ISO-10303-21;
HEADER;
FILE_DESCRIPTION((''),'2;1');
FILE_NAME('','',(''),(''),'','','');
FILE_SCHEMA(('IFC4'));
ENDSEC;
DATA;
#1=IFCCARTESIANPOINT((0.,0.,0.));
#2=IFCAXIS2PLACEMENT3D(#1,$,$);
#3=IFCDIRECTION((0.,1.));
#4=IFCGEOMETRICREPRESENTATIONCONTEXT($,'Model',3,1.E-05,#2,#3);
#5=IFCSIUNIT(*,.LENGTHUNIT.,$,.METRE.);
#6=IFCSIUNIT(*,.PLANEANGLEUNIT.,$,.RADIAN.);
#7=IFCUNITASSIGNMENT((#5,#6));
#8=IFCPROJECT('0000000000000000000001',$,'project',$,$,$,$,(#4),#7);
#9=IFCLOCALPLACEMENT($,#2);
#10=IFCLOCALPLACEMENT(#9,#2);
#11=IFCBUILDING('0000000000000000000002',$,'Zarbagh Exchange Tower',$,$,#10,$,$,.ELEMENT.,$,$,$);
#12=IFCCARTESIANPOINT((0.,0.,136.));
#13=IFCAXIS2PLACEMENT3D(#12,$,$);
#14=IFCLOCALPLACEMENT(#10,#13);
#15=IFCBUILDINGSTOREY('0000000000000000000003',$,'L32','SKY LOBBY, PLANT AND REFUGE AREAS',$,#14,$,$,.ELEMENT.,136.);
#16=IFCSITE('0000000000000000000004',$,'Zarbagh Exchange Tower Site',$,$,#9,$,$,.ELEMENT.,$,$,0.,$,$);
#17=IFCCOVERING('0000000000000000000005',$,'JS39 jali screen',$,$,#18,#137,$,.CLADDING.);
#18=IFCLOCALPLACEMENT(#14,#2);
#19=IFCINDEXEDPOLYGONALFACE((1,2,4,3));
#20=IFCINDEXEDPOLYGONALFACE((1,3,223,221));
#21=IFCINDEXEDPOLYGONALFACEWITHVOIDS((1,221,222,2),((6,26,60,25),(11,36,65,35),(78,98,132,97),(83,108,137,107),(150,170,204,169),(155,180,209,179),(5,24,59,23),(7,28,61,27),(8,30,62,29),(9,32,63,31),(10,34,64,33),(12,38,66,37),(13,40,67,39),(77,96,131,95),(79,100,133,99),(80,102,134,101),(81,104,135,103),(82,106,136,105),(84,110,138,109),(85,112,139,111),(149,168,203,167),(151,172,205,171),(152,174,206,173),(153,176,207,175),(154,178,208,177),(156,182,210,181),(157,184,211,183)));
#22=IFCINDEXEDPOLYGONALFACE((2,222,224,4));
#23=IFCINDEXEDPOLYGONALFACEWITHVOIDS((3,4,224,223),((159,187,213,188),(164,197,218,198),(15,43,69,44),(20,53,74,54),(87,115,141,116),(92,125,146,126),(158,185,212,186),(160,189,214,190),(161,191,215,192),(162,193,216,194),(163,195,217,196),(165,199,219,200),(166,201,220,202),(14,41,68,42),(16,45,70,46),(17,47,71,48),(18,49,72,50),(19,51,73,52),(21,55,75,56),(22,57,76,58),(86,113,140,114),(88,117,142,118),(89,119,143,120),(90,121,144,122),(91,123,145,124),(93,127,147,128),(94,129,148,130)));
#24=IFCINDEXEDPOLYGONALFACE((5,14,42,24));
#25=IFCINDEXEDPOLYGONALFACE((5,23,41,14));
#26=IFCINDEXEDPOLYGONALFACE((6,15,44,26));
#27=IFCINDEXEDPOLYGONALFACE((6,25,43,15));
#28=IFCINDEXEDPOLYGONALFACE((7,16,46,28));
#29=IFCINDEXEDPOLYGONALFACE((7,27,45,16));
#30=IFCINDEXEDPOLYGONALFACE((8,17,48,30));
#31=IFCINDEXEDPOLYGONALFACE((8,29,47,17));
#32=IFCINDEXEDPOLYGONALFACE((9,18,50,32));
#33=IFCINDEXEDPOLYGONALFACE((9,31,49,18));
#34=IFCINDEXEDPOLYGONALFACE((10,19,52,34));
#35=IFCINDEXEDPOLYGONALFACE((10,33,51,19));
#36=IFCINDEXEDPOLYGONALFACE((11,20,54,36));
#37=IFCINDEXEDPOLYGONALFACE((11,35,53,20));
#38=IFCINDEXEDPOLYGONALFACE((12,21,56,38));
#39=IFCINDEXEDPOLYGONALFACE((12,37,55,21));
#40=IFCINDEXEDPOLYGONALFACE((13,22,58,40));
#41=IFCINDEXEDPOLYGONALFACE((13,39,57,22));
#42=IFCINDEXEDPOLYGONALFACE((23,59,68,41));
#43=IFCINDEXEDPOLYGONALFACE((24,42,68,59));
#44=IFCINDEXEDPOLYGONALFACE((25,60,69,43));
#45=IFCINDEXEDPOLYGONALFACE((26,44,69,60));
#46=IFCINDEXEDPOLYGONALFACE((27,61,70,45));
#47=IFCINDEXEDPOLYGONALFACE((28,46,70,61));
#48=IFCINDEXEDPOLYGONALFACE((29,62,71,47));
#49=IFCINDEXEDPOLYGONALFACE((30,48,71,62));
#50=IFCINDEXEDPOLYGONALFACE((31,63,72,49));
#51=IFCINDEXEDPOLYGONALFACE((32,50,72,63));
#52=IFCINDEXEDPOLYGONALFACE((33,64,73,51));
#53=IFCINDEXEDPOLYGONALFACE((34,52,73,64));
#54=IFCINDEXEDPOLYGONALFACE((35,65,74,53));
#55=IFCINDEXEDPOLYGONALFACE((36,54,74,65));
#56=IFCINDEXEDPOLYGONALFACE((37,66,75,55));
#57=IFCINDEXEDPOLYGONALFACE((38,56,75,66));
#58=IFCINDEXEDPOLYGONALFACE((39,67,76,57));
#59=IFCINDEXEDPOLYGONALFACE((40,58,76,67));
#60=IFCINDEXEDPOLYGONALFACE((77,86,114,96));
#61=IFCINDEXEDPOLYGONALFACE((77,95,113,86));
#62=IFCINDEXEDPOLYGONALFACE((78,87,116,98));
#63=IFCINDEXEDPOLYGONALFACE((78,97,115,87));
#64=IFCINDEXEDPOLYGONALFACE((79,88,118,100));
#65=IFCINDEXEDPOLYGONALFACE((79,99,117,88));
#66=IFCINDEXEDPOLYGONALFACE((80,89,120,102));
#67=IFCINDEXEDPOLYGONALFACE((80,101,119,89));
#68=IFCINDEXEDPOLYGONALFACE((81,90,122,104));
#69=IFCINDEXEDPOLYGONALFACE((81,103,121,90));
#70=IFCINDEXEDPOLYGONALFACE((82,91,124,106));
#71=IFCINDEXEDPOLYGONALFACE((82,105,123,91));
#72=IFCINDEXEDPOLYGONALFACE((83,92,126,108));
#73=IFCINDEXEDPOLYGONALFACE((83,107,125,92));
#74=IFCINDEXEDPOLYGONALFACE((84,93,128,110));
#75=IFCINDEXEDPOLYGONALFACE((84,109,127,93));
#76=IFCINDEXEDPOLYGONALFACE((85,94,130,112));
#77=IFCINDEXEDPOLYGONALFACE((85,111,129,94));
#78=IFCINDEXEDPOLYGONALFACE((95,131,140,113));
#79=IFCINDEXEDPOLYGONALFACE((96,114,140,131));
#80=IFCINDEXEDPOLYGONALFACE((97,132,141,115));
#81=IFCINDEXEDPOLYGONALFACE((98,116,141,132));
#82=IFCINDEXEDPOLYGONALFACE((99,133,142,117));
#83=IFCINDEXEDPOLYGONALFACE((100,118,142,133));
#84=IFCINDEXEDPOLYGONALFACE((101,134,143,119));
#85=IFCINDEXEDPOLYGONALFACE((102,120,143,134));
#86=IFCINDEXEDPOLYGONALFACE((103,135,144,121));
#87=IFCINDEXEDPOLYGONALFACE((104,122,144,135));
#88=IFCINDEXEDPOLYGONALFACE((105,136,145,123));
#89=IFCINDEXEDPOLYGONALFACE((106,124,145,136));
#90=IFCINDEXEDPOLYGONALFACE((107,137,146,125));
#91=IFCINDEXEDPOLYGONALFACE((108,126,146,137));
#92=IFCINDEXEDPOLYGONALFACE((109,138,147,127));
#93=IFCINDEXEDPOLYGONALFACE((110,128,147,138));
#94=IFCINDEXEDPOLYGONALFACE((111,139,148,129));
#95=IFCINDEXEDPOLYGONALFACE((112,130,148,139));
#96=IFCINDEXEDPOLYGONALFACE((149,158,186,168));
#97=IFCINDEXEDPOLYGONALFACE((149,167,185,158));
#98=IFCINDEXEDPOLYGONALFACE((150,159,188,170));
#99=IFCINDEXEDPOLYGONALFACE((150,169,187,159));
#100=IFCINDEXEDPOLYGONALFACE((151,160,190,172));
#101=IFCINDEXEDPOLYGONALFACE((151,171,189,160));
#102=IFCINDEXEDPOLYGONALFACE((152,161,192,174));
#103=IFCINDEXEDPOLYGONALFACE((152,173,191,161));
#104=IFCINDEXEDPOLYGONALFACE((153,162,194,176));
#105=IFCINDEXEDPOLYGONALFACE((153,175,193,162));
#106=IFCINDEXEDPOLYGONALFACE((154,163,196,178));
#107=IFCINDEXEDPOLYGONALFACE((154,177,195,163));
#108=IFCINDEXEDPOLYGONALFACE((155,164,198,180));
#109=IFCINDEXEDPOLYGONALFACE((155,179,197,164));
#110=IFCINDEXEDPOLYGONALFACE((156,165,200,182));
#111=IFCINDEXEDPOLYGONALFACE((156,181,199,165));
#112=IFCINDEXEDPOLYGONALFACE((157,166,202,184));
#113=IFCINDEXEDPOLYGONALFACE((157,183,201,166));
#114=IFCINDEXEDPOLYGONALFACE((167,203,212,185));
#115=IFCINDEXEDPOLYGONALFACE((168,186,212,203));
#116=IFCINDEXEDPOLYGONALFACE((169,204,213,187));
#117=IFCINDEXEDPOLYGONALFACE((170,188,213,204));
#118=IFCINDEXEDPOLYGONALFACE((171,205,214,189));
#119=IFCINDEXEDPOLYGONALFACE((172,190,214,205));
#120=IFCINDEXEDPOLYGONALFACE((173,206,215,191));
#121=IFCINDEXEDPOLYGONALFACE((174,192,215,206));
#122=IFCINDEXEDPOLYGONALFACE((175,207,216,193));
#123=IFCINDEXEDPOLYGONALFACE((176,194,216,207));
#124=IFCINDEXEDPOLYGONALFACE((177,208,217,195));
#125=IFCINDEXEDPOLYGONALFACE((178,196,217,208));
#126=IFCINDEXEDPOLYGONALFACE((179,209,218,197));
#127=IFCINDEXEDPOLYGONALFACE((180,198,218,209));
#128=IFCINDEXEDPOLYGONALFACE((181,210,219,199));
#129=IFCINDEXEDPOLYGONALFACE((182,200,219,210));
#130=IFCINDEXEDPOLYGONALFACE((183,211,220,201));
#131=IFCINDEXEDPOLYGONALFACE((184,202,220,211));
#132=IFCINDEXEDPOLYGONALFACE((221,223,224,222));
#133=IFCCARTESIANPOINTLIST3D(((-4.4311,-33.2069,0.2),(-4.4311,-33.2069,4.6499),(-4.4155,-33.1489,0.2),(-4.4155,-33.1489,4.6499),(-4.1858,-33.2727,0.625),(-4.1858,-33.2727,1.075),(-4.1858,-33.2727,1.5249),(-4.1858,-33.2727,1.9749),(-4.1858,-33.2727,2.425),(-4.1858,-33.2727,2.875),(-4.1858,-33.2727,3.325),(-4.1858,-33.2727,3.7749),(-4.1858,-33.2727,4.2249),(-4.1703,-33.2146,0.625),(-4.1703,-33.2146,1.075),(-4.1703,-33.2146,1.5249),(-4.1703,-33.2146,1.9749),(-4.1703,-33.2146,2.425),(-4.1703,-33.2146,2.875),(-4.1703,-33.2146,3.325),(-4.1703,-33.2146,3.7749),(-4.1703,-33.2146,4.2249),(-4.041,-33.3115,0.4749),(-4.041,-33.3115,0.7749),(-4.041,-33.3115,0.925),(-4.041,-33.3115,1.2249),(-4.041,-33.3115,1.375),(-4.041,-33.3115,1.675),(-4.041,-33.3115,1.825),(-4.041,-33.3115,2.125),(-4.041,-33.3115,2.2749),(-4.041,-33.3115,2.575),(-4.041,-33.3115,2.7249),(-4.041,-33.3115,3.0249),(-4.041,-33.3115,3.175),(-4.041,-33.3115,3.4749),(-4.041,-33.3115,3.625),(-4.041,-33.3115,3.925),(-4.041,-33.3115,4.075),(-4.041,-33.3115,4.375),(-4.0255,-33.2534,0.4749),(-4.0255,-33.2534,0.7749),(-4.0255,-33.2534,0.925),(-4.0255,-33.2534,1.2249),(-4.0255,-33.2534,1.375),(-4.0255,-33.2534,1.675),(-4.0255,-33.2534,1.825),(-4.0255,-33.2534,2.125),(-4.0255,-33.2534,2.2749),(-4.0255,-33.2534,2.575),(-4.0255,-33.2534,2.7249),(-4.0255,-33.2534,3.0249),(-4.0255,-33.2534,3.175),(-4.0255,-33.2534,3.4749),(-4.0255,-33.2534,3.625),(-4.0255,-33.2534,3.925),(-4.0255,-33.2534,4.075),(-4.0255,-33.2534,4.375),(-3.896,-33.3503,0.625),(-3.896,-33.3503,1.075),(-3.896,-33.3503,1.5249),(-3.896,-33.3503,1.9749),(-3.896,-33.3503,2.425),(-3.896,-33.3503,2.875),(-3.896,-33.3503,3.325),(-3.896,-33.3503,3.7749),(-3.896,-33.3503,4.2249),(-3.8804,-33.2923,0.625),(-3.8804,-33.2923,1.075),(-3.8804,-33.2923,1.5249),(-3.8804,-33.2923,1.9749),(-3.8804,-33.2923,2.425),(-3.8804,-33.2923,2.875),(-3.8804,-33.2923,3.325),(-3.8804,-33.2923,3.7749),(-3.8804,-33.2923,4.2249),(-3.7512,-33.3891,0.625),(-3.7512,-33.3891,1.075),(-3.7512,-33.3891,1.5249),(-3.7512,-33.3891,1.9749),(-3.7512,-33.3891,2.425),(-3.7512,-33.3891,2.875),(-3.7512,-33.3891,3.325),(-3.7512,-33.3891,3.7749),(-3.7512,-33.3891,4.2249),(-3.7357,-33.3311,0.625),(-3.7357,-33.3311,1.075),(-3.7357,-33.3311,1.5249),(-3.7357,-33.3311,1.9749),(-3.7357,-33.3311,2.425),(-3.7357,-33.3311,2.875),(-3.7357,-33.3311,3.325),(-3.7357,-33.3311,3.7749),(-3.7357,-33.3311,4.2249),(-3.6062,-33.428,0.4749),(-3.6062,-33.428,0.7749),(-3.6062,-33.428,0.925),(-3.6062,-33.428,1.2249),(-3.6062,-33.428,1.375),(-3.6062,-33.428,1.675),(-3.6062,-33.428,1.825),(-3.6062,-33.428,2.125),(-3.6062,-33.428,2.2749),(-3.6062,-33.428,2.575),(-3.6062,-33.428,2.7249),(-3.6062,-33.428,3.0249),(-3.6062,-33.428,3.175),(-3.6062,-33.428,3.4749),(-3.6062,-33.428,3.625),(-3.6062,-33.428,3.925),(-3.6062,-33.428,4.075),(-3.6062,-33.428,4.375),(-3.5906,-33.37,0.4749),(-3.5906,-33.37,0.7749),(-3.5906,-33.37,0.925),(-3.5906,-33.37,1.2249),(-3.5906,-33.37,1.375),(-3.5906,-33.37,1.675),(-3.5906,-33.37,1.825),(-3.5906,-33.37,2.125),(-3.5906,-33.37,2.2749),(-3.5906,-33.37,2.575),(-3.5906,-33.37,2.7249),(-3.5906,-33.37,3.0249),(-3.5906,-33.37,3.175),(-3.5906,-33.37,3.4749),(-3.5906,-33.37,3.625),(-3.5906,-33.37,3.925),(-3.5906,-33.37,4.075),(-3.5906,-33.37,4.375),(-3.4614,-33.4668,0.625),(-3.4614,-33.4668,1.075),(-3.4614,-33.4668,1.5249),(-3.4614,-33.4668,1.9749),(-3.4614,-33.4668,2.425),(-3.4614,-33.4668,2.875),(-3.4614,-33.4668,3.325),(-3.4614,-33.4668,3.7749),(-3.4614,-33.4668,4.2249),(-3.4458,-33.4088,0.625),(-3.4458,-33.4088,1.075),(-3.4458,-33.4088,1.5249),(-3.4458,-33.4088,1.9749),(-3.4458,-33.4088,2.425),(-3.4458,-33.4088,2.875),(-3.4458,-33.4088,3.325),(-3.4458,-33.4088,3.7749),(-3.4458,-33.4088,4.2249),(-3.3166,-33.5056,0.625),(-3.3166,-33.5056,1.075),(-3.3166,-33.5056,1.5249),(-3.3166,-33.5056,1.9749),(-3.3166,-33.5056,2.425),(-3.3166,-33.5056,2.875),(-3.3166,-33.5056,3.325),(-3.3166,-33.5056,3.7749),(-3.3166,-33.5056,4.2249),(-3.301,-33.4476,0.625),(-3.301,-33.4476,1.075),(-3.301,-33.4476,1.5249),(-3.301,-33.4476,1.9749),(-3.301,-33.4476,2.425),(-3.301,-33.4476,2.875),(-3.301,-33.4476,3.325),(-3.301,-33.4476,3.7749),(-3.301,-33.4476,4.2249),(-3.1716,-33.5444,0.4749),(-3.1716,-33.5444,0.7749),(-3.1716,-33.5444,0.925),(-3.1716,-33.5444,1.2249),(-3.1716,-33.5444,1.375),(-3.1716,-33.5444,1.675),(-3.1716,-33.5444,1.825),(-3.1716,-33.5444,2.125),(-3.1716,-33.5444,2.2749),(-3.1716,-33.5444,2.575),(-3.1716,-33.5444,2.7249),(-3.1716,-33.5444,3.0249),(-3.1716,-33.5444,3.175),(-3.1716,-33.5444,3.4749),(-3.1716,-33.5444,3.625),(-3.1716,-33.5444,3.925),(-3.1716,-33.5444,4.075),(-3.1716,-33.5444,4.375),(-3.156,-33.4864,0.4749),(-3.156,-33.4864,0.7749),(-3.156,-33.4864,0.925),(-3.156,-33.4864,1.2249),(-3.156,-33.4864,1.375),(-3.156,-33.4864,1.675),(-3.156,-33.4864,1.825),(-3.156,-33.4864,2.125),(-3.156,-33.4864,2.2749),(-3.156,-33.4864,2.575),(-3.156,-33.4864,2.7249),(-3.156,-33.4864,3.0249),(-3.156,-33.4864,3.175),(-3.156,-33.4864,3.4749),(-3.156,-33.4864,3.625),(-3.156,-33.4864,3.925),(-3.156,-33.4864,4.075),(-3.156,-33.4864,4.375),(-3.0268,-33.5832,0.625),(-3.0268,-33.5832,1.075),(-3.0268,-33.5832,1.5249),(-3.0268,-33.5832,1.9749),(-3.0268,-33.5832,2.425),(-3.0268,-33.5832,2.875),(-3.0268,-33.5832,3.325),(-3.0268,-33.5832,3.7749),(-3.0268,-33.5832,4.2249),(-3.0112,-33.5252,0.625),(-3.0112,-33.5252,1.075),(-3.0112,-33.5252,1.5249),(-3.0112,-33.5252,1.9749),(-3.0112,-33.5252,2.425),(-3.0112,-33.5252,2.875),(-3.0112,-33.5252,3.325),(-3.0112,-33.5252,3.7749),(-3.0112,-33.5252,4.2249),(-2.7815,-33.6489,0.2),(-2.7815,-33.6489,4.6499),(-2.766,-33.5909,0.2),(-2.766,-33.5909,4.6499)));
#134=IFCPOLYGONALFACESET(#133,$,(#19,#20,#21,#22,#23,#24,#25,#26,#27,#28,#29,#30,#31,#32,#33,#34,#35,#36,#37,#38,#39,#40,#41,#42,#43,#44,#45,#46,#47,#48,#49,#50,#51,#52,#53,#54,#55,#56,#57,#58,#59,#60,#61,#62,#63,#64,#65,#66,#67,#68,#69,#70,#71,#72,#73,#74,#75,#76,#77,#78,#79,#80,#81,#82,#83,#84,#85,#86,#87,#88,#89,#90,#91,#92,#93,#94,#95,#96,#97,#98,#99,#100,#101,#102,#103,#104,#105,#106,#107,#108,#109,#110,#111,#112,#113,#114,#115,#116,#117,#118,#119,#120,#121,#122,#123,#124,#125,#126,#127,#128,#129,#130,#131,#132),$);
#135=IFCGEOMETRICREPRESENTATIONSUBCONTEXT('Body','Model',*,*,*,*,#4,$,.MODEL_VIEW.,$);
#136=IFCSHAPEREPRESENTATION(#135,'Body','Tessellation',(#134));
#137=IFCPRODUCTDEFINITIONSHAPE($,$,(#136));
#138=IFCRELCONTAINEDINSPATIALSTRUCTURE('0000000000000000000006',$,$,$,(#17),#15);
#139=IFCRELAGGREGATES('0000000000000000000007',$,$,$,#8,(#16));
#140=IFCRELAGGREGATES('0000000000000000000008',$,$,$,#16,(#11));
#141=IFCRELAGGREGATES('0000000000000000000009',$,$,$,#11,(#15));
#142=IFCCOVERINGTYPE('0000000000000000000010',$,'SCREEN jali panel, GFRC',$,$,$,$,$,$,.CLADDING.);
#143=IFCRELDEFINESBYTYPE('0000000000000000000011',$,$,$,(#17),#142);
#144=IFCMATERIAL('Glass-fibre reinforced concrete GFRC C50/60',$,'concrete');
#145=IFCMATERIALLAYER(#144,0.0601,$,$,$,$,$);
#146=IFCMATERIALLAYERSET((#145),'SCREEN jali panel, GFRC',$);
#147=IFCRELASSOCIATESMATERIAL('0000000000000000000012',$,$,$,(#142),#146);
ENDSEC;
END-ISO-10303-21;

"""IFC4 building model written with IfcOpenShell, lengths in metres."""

from ifc_helpers import new_model, si_unit, direction, frame, origin, place, context, subcontext, project, spatial, polyline, outline, extrude, source, transform, mapped, material, layer, layer_set, type_object, element, save


model = new_model("IFC4")

# Units and contexts
model_context = context("Model", 3, precision=1e-05, world=origin(), true_north=direction((0.0, 1.0)))
body_context = subcontext(model_context, "Body", "Model", "MODEL_VIEW")
ifc_project = project(units=[si_unit("LENGTHUNIT", "METRE"), si_unit("PLANEANGLEUNIT", "RADIAN")], contexts=[model_context])

# Site, building, storey
site_placement = place(None, origin())
site = spatial("IfcSite", under=ifc_project, at=site_placement, Name="Zarbagh Exchange Tower Site", CompositionType="ELEMENT", RefElevation=0.0)
building_placement = place(site_placement, origin())
building = spatial("IfcBuilding", under=site, at=building_placement, Name="Zarbagh Exchange Tower", CompositionType="ELEMENT")
storey_placement = place(building_placement, frame((0.0, 0.0, 136.0)))
storey = spatial("IfcBuildingStorey", under=building, at=storey_placement, Name="L32", Description="SKY LOBBY, PLANT AND REFUGE AREAS", CompositionType="ELEMENT", Elevation=136.0)

# Covering
ifc_material_1 = material(Name="Glass-fibre reinforced concrete GFRC C50/60", Category="concrete")
ifc_layer_1 = layer(ifc_material_1, 0.0601)
ifc_layer_set_1 = layer_set([ifc_layer_1], Name="SCREEN jali panel, GFRC")
covering_type = type_object("IfcCoveringType", Name="SCREEN jali panel, GFRC", PredefinedType="CLADDING", material=ifc_layer_set_1)
placement = place(storey_placement, origin())
shared_shape_1 = source(origin(), body_context, "Body", "SweptSolid", [
    extrude(outline(polyline([(0.0, 0.0), (1.7078, 0.0), (1.7078, 4.45), (0.0, 4.45), (0.0, 0.0)]), holes=[polyline([(0.2539, 0.425), (0.4038, 0.2749), (0.554, 0.425), (0.4038, 0.575), (0.2539, 0.425)]), polyline([(0.2539, 0.875), (0.4038, 0.7251), (0.554, 0.875), (0.4038, 1.0249), (0.2539, 0.875)]), polyline([(0.2539, 1.325), (0.4038, 1.175), (0.554, 1.325), (0.4038, 1.4751), (0.2539, 1.325)]), polyline([(0.2539, 1.7749), (0.4038, 1.625), (0.554, 1.7749), (0.4038, 1.925), (0.2539, 1.7749)]), polyline([(0.2539, 2.2251), (0.4038, 2.075), (0.554, 2.2251), (0.4038, 2.375), (0.2539, 2.2251)]), polyline([(0.2539, 2.675), (0.4038, 2.5249), (0.554, 2.675), (0.4038, 2.825), (0.2539, 2.675)]), polyline([(0.2539, 3.125), (0.4038, 2.9751), (0.554, 3.125), (0.4038, 3.2749), (0.2539, 3.125)]), polyline([(0.2539, 3.575), (0.4038, 3.425), (0.554, 3.575), (0.4038, 3.7251), (0.2539, 3.575)]), polyline([(0.2539, 4.0249), (0.4038, 3.875), (0.554, 4.0249), (0.4038, 4.175), (0.2539, 4.0249)]), polyline([(0.7039, 0.425), (0.854, 0.2749), (1.0039, 0.425), (0.854, 0.575), (0.7039, 0.425)]), polyline([(0.7039, 0.875), (0.854, 0.7251), (1.0039, 0.875), (0.854, 1.0249), (0.7039, 0.875)]), polyline([(0.7039, 1.325), (0.854, 1.175), (1.0039, 1.325), (0.854, 1.4751), (0.7039, 1.325)]), polyline([(0.7039, 1.7749), (0.854, 1.625), (1.0039, 1.7749), (0.854, 1.925), (0.7039, 1.7749)]), polyline([(0.7039, 2.2251), (0.854, 2.075), (1.0039, 2.2251), (0.854, 2.375), (0.7039, 2.2251)]), polyline([(0.7039, 2.675), (0.854, 2.5249), (1.0039, 2.675), (0.854, 2.825), (0.7039, 2.675)]), polyline([(0.7039, 3.125), (0.854, 2.9751), (1.0039, 3.125), (0.854, 3.2749), (0.7039, 3.125)]), polyline([(0.7039, 3.575), (0.854, 3.425), (1.0039, 3.575), (0.854, 3.7251), (0.7039, 3.575)]), polyline([(0.7039, 4.0249), (0.854, 3.875), (1.0039, 4.0249), (0.854, 4.175), (0.7039, 4.0249)]), polyline([(1.1538, 0.425), (1.304, 0.2749), (1.4539, 0.425), (1.304, 0.575), (1.1538, 0.425)]), polyline([(1.1538, 0.875), (1.304, 0.7251), (1.4539, 0.875), (1.304, 1.0249), (1.1538, 0.875)]), polyline([(1.1538, 1.325), (1.304, 1.175), (1.4539, 1.325), (1.304, 1.4751), (1.1538, 1.325)]), polyline([(1.1538, 1.7749), (1.304, 1.625), (1.4539, 1.7749), (1.304, 1.925), (1.1538, 1.7749)]), polyline([(1.1538, 2.2251), (1.304, 2.075), (1.4539, 2.2251), (1.304, 2.375), (1.1538, 2.2251)]), polyline([(1.1538, 2.675), (1.304, 2.5249), (1.4539, 2.675), (1.304, 2.825), (1.1538, 2.675)]), polyline([(1.1538, 3.125), (1.304, 2.9751), (1.4539, 3.125), (1.304, 3.2749), (1.1538, 3.125)]), polyline([(1.1538, 3.575), (1.304, 3.425), (1.4539, 3.575), (1.304, 3.7251), (1.1538, 3.575)]), polyline([(1.1538, 4.0249), (1.304, 3.875), (1.4539, 4.0249), (1.304, 4.175), (1.1538, 4.0249)])]), origin(), (0.0, 0.0, 1.0), 0.0601),
])
element("IfcCovering", 1, at=placement, inside=storey, type_object=covering_type, Name="JS39 jali screen", PredefinedType="CLADDING", context=body_context, shape_type="MappedRepresentation", body=[
    mapped(shared_shape_1, transform((-4.4155, -33.1489, 0.2), x_axis=(0.965924, -0.258825, 0.0), y_axis=(0.0, 0.0, 1.0), z_axis=(-0.258825, -0.965924, 0.0))),
])

save(model, "model.ifc")
